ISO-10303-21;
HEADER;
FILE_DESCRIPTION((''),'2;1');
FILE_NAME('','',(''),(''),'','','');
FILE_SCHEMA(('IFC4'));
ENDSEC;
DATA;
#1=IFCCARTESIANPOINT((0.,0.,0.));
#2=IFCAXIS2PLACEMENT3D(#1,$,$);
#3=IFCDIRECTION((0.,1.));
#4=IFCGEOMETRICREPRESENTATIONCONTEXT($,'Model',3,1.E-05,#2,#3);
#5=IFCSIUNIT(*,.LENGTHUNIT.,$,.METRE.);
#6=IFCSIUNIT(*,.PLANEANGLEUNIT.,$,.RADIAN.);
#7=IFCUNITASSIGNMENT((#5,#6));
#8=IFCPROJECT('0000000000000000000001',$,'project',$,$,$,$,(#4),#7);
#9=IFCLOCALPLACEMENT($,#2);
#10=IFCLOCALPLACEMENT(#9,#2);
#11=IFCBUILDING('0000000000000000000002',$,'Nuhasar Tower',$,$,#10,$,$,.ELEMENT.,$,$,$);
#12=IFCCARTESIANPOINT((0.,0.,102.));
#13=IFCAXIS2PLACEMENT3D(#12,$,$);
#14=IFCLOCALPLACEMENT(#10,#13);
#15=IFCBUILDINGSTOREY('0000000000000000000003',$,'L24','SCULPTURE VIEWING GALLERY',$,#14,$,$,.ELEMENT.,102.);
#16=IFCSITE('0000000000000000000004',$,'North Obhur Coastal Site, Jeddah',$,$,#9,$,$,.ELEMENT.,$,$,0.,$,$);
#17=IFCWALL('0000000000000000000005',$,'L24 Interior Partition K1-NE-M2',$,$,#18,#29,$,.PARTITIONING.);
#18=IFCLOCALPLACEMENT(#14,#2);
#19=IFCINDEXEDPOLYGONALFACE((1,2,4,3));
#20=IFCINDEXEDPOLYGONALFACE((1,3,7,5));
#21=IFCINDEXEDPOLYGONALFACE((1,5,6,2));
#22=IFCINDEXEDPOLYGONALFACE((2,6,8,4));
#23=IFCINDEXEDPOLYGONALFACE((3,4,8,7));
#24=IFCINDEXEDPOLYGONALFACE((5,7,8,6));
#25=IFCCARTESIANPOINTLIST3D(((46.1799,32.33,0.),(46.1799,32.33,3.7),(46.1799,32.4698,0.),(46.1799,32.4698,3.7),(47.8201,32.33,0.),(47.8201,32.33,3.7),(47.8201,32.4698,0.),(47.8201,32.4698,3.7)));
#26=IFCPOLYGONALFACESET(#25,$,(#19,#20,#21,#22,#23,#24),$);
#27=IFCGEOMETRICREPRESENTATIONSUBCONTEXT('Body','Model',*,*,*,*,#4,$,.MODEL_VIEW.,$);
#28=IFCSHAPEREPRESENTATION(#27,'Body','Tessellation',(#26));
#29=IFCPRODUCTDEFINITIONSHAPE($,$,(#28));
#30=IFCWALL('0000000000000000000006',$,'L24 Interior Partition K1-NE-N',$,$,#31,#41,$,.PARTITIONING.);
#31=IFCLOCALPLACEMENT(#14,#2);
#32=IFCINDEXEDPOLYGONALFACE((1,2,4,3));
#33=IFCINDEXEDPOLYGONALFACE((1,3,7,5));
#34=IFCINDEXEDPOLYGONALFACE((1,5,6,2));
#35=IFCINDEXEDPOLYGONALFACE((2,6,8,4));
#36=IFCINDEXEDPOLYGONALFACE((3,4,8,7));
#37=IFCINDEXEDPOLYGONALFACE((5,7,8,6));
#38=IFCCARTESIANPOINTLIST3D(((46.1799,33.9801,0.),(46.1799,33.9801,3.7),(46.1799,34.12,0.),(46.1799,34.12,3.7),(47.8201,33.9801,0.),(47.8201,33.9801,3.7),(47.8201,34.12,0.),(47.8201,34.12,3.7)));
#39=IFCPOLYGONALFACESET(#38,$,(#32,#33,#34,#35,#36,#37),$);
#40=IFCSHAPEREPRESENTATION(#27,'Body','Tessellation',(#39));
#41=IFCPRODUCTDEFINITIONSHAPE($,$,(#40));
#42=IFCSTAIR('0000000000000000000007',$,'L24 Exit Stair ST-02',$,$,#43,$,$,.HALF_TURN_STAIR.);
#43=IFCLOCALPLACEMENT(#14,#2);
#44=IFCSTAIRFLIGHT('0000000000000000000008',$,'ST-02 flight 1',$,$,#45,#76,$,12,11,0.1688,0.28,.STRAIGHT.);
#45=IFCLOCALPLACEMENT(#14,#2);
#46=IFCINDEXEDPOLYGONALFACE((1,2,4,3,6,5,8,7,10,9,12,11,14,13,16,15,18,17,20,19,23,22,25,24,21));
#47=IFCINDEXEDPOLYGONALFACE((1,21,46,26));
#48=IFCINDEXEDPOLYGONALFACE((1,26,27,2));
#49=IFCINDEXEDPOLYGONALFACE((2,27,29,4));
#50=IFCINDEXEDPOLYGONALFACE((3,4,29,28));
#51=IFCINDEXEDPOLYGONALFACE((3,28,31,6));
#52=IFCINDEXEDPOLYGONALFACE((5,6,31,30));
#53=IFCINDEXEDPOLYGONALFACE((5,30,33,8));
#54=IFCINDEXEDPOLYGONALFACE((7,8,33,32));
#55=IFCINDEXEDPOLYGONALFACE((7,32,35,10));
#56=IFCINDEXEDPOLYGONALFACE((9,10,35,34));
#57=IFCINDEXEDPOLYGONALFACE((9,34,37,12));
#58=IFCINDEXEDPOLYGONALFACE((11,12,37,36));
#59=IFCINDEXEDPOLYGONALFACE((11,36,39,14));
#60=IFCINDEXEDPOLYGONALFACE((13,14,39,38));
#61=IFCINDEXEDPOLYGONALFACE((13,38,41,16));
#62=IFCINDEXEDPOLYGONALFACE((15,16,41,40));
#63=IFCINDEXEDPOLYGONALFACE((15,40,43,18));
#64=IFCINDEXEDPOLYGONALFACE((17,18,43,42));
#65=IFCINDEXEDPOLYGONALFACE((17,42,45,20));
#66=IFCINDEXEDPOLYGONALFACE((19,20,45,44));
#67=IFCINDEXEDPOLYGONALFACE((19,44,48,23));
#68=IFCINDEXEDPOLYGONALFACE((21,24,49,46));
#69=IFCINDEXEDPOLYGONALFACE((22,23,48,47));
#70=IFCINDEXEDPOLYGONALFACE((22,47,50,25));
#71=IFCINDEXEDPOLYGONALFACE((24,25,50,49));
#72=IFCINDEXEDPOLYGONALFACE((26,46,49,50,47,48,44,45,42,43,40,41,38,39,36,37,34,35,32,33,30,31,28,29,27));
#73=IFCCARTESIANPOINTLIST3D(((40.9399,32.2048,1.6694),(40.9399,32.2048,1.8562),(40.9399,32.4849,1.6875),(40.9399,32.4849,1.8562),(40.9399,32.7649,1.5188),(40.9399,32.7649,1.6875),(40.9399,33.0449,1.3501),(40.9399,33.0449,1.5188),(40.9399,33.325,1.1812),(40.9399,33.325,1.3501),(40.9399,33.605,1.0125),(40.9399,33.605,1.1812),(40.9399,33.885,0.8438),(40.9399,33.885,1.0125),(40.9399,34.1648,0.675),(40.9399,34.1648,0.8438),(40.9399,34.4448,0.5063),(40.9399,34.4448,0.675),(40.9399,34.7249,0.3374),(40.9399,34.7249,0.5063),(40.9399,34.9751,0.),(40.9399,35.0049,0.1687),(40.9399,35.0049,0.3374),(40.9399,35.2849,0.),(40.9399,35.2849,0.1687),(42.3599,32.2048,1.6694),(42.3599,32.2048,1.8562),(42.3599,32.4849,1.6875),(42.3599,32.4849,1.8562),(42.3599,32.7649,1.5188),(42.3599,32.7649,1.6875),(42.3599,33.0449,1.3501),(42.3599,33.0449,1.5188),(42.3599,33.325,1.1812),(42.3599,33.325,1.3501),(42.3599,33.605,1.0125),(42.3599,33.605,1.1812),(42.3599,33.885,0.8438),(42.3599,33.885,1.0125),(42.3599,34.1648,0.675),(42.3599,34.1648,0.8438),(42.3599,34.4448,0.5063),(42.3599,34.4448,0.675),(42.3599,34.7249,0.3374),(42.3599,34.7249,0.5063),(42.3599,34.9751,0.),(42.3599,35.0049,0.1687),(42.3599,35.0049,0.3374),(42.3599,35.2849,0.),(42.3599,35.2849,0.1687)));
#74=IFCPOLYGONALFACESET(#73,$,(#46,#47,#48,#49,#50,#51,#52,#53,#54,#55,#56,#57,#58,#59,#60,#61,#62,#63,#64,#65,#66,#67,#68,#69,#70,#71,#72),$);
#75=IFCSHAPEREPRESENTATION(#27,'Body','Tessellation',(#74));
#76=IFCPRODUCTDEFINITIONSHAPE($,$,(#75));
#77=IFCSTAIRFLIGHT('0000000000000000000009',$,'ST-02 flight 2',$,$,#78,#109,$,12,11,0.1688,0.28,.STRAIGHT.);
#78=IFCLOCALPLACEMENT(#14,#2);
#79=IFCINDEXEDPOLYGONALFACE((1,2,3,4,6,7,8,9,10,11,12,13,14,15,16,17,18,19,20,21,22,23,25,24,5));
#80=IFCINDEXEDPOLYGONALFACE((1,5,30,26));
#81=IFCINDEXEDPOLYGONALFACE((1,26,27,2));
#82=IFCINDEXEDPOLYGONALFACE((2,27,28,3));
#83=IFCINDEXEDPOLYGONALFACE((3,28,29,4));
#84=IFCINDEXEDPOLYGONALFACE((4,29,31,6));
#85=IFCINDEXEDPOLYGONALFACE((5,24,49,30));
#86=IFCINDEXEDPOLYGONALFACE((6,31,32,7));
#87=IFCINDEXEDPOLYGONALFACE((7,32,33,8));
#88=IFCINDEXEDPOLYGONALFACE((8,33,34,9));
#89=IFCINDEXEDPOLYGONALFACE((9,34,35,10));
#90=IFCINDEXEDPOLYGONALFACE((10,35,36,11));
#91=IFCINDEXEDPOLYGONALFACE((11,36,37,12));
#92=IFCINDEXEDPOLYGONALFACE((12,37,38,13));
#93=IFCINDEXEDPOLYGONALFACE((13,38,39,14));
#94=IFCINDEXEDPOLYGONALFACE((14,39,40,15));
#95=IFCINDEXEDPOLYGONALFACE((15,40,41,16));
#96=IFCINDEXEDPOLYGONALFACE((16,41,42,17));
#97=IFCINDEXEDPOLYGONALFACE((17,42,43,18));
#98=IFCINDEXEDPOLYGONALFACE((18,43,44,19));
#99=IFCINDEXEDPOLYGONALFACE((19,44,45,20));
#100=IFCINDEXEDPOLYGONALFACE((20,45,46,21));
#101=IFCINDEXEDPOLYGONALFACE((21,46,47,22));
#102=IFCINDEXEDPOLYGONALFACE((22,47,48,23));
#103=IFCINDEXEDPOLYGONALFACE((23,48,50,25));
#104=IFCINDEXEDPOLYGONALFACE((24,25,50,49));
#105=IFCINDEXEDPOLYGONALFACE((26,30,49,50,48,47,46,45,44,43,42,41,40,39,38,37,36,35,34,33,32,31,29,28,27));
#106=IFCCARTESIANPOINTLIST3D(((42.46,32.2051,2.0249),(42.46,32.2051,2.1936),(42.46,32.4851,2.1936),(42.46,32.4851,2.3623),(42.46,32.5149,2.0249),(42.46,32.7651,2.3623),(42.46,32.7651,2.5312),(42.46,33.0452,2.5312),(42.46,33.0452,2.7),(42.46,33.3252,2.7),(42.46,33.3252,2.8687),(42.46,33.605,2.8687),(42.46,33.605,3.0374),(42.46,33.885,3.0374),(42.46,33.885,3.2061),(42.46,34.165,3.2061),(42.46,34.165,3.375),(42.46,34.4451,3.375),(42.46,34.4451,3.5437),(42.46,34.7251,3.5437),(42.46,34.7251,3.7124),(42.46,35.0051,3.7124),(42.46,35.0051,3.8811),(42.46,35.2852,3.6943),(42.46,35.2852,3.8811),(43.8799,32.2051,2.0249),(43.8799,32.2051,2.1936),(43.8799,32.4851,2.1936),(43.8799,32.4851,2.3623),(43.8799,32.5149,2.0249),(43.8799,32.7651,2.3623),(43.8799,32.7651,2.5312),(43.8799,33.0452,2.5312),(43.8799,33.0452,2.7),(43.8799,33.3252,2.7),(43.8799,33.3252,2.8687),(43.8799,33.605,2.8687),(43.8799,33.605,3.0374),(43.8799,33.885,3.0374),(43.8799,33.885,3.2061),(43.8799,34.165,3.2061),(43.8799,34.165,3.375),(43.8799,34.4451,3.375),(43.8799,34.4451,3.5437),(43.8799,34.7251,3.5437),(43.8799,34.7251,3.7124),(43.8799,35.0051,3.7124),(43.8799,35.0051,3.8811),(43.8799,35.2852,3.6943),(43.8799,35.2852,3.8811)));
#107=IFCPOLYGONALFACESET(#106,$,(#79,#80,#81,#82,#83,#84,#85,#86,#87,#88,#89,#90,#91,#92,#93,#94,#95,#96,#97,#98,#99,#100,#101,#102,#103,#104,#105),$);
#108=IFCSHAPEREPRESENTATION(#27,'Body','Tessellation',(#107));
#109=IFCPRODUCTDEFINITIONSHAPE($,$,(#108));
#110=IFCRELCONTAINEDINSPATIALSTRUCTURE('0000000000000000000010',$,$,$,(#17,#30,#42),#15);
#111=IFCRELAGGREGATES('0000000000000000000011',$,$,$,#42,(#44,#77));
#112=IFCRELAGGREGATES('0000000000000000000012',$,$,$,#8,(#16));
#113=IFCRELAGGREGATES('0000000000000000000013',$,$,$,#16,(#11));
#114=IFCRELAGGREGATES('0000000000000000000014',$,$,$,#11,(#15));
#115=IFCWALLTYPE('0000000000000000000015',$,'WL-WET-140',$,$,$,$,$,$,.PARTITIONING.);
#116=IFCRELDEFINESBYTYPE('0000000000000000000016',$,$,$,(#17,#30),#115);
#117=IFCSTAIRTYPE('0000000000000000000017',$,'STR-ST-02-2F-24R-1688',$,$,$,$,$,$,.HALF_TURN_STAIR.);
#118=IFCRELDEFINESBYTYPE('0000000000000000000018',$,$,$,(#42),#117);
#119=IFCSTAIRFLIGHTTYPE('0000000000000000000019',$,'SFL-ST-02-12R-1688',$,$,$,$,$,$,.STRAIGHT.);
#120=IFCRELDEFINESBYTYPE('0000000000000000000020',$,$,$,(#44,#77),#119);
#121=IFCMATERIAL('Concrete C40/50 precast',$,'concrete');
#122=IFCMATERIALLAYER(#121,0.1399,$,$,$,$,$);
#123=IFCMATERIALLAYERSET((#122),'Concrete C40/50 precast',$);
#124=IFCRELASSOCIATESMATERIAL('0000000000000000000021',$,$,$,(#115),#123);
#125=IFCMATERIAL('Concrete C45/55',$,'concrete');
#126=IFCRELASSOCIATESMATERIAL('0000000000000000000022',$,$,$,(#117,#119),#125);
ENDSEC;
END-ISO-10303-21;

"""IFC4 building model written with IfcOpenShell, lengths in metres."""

from ifc_helpers import new_model, si_unit, direction, frame, frame_2d, origin, place, context, subcontext, project, spatial, polyline, rectangle, outline, extrude, material, layer, layer_set, type_object, element, aggregate, save


model = new_model("IFC4")

# Units and contexts
model_context = context("Model", 3, precision=1e-05, world=origin(), true_north=direction((0.0, 1.0)))
body_context = subcontext(model_context, "Body", "Model", "MODEL_VIEW")
ifc_project = project(units=[si_unit("LENGTHUNIT", "METRE"), si_unit("PLANEANGLEUNIT", "RADIAN")], contexts=[model_context])

# Site, building, storey
site_placement = place(None, origin())
site = spatial("IfcSite", under=ifc_project, at=site_placement, Name="North Obhur Coastal Site, Jeddah", CompositionType="ELEMENT", RefElevation=0.0)
building_placement = place(site_placement, origin())
building = spatial("IfcBuilding", under=site, at=building_placement, Name="Nuhasar Tower", CompositionType="ELEMENT")
storey_placement = place(building_placement, frame((0.0, 0.0, 102.0)))
storey = spatial("IfcBuildingStorey", under=building, at=storey_placement, Name="L24", Description="SCULPTURE VIEWING GALLERY", CompositionType="ELEMENT", Elevation=102.0)

# Shared definitions
ifc_material_1 = material(Name="Concrete C45/55", Category="concrete")

# Shared definitions
ifc_material_2 = material(Name="Concrete C40/50 precast", Category="concrete")
ifc_layer_1 = layer(ifc_material_2, 0.1399)
ifc_layer_set_1 = layer_set([ifc_layer_1], Name="Concrete C40/50 precast")
wall_type_1 = type_object("IfcWallType", Name="WL-WET-140", PredefinedType="PARTITIONING", material=ifc_layer_set_1)

# Walls
for number, where, z_axis, x_axis, name in (
    (1, (46.1799, 32.3999, 0.0), (0.0, 0.0, 1.0), (1.0, 0.0, 0.0), "L24 Interior Partition K1-NE-M2"),
    (2, (46.1799, 34.05, 0.0), (0.0, 0.0, 1.0), (1.0, 0.0, 0.0), "L24 Interior Partition K1-NE-N"),
):
    element("IfcWall", number, at=place(storey_placement, frame(where, z_axis=z_axis, x_axis=x_axis)), inside=storey, type_object=wall_type_1, Name=name, PredefinedType="PARTITIONING", context=body_context, shape_type="SweptSolid", body=[
        extrude(rectangle(XDim=1.6401, YDim=0.1399, at=frame_2d((0.8201, 0.0))), origin(), (0.0, 0.0, 1.0), 3.7),
    ])

# Stair, stair flights
stair_type = type_object("IfcStairType", Name="STR-ST-02-2F-24R-1688", PredefinedType="HALF_TURN_STAIR", material=ifc_material_1)
stair_placement = place(storey_placement, origin())
stair = element("IfcStair", 3, at=stair_placement, inside=storey, type_object=stair_type, Name="L24 Exit Stair ST-02", PredefinedType="HALF_TURN_STAIR")
stair_flight_type = type_object("IfcStairFlightType", Name="SFL-ST-02-12R-1688", PredefinedType="STRAIGHT", material=ifc_material_1)
stair_flight_1_placement = place(storey_placement, frame((41.6499, 35.2849, 0.0), z_axis=(0.0, 0.0, 1.0), x_axis=(0.0, -1.0, 0.0)))
stair_flight_1 = element("IfcStairFlight", 4, at=stair_flight_1_placement, type_object=stair_flight_type, Name="ST-02 flight 1", NumberOfRisers=12, NumberOfTreads=11, PredefinedType="STRAIGHT", RiserHeight=0.1688, TreadLength=0.28, context=body_context, shape_type="SweptSolid", body=[
    extrude(outline(polyline([(0.0, 0.0), (0.0, 0.1687), (0.28, 0.1687), (0.28, 0.3374), (0.5601, 0.3374), (0.5601, 0.5063), (0.8401, 0.5063), (0.8401, 0.675), (1.1201, 0.675), (1.1201, 0.8438), (1.3999, 0.8438), (1.3999, 1.0125), (1.6799, 1.0125), (1.6799, 1.1812), (1.96, 1.1812), (1.96, 1.3501), (2.24, 1.3501), (2.24, 1.5188), (2.52, 1.5188), (2.52, 1.6875), (2.8, 1.6875), (2.8, 1.8562), (3.0801, 1.8562), (3.0801, 2.0249), (3.0801, 1.6694), (0.3098, 0.0), (0.0, 0.0)])), frame((0.0, 0.71, 0.0), z_axis=(0.0, -1.0, 0.0), x_axis=(1.0, 0.0, 0.0)), (0.0, 0.0, 1.0), 1.4199),
])
stair_flight_2_placement = place(storey_placement, frame((43.1699, 32.2051, 2.0249), z_axis=(0.0, 0.0, 1.0), x_axis=(0.0, 1.0, 0.0)))
stair_flight_2 = element("IfcStairFlight", 5, at=stair_flight_2_placement, type_object=stair_flight_type, Name="ST-02 flight 2", NumberOfRisers=12, NumberOfTreads=11, PredefinedType="STRAIGHT", RiserHeight=0.1688, TreadLength=0.28, context=body_context, shape_type="SweptSolid", body=[
    extrude(outline(polyline([(0.0, 0.0), (0.0, 0.1687), (0.28, 0.1687), (0.28, 0.3374), (0.5601, 0.3374), (0.5601, 0.5063), (0.8401, 0.5063), (0.8401, 0.675), (1.1201, 0.675), (1.1201, 0.8438), (1.3999, 0.8438), (1.3999, 1.0125), (1.6799, 1.0125), (1.6799, 1.1812), (1.96, 1.1812), (1.96, 1.3501), (2.24, 1.3501), (2.24, 1.5188), (2.52, 1.5188), (2.52, 1.6875), (2.8, 1.6875), (2.8, 1.8562), (3.0801, 1.8562), (3.0801, 2.0249), (3.0801, 1.6694), (0.3098, 0.0), (0.0, 0.0)])), frame((0.0, 0.71, 0.0), z_axis=(0.0, -1.0, 0.0), x_axis=(1.0, 0.0, 0.0)), (0.0, 0.0, 1.0), 1.4199),
])
aggregate(stair, [stair_flight_1, stair_flight_2])

save(model, "model.ifc")
